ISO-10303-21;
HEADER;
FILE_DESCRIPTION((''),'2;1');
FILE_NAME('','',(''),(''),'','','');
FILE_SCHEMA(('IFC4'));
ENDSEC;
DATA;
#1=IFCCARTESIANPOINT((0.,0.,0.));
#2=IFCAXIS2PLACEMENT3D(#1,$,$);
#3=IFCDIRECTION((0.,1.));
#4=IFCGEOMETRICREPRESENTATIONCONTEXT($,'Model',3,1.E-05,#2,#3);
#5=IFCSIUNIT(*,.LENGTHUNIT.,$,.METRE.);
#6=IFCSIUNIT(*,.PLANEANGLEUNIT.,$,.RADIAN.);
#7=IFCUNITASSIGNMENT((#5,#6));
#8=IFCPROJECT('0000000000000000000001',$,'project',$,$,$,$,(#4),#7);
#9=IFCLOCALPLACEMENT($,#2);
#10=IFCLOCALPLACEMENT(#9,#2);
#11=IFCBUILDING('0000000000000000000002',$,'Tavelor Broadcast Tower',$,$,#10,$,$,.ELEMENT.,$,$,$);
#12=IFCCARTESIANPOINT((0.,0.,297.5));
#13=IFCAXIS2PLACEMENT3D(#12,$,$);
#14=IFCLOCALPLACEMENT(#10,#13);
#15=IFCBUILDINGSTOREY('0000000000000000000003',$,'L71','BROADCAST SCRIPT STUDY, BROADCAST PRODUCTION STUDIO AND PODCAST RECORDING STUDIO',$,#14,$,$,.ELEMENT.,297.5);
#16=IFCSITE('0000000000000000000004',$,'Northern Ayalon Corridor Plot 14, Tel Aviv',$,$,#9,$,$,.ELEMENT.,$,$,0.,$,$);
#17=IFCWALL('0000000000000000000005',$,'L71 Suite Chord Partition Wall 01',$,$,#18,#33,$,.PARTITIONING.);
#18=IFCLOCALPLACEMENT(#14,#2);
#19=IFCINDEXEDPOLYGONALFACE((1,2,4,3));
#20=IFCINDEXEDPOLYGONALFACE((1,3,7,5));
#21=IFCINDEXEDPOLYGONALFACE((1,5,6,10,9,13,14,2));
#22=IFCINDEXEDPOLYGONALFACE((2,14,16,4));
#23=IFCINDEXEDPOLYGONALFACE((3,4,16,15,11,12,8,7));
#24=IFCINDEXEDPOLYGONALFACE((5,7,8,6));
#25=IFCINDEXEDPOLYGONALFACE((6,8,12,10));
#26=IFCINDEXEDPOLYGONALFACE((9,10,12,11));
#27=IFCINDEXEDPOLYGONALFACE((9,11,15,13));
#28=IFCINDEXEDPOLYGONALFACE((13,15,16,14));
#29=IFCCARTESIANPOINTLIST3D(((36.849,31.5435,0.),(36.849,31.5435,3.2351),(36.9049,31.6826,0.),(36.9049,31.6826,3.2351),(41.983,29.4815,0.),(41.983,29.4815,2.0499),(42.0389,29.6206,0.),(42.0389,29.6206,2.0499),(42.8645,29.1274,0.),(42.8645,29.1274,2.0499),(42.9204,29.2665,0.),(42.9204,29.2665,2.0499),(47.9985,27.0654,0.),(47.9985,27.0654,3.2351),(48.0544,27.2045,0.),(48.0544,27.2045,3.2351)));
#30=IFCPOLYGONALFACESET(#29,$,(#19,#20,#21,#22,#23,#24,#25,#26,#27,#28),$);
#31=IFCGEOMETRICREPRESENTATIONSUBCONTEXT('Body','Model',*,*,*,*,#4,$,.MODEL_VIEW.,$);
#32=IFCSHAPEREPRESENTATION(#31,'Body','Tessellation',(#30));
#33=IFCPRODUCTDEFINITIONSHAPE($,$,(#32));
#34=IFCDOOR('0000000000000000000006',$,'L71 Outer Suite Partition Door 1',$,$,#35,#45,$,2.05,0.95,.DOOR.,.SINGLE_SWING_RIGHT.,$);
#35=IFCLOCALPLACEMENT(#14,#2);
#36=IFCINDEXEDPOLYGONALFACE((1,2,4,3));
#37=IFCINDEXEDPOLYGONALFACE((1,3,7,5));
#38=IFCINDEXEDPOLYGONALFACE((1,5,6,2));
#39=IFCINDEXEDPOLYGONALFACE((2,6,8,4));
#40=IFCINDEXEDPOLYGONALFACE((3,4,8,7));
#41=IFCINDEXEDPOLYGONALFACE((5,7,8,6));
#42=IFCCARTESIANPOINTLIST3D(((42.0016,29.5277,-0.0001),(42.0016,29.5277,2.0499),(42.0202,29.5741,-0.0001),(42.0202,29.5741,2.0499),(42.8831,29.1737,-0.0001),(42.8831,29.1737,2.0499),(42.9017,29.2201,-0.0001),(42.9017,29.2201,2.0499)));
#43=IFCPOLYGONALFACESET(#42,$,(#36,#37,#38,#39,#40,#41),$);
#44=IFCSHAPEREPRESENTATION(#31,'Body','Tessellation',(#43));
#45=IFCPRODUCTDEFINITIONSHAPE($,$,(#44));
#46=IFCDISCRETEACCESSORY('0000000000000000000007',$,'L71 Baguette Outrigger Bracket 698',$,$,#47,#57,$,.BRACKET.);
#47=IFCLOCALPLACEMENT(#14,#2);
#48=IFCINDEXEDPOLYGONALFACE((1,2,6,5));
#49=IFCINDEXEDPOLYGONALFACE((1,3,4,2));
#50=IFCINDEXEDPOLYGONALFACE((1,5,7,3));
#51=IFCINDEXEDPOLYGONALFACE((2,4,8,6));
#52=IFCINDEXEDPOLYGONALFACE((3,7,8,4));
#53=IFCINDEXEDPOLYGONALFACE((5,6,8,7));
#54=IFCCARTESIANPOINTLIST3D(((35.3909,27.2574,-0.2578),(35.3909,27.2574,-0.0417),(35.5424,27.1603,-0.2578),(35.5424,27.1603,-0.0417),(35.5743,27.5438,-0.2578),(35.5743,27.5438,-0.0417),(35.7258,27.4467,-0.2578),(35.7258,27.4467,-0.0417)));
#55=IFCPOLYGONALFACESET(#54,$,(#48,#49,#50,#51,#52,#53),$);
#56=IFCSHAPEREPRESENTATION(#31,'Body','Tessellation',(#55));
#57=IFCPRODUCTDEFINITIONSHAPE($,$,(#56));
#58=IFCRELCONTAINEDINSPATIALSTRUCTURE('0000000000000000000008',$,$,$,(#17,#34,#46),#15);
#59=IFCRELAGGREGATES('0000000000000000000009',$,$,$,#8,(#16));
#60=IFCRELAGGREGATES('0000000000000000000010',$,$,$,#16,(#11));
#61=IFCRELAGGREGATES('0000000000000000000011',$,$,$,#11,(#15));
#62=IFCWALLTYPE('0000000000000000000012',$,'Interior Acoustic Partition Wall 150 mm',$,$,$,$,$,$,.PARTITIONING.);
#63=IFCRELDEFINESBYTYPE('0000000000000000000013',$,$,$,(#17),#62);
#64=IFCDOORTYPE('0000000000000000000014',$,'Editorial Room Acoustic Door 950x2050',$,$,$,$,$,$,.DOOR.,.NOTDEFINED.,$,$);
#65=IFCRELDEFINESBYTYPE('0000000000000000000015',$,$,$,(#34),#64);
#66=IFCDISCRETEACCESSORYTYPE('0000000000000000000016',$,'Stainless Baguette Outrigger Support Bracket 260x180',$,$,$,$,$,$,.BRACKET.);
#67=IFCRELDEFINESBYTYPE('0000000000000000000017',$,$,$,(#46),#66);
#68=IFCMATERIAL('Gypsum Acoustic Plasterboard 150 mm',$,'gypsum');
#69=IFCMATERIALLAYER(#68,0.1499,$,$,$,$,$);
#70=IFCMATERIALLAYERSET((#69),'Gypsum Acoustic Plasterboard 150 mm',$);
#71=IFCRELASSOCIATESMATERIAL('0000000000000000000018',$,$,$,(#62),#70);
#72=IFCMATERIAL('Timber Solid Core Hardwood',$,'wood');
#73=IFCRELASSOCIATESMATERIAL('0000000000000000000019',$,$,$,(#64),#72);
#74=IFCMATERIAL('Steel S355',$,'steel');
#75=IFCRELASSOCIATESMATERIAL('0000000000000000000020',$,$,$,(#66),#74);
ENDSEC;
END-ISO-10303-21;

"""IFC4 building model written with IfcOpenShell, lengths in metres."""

from ifc_helpers import new_model, si_unit, direction, frame, frame_2d, origin, origin_2d, place, context, subcontext, project, spatial, rectangle, extrude, source, transform, mapped, material, layer, layer_set, type_object, type_shapes, element, fill, save


model = new_model("IFC4")

# Units and contexts
model_context = context("Model", 3, precision=1e-05, world=origin(), true_north=direction((0.0, 1.0)))
body_context = subcontext(model_context, "Body", "Model", "MODEL_VIEW")
ifc_project = project(units=[si_unit("LENGTHUNIT", "METRE"), si_unit("PLANEANGLEUNIT", "RADIAN")], contexts=[model_context])

# Site, building, storey
site_placement = place(None, origin())
site = spatial("IfcSite", under=ifc_project, at=site_placement, Name="Northern Ayalon Corridor Plot 14, Tel Aviv", CompositionType="ELEMENT", RefElevation=0.0)
building_placement = place(site_placement, origin())
building = spatial("IfcBuilding", under=site, at=building_placement, Name="Tavelor Broadcast Tower", CompositionType="ELEMENT")
storey_placement = place(building_placement, frame((0.0, 0.0, 297.5)))
storey = spatial("IfcBuildingStorey", under=building, at=storey_placement, Name="L71", Description="BROADCAST SCRIPT STUDY, BROADCAST PRODUCTION STUDIO AND PODCAST RECORDING STUDIO", CompositionType="ELEMENT", Elevation=297.5)

# Shared definitions
ifc_material_1 = material(Name="Steel S355", Category="steel")

# Shared definitions
ifc_material_2 = material(Name="Timber Solid Core Hardwood", Category="wood")

# Shared definitions
ifc_material_3 = material(Name="Gypsum Acoustic Plasterboard 150 mm", Category="gypsum")
ifc_layer_1 = layer(ifc_material_3, 0.1499)
ifc_layer_set_1 = layer_set([ifc_layer_1], Name="Gypsum Acoustic Plasterboard 150 mm")
wall_type_1 = type_object("IfcWallType", Name="Interior Acoustic Partition Wall 150 mm", PredefinedType="PARTITIONING", material=ifc_layer_set_1)

# Wall, opening, door
wall_1_placement = place(storey_placement, frame((36.877, 31.613, 0.0), z_axis=(0.0, 0.0, 1.0), x_axis=(0.927952, -0.372701, 0.0)))
wall_1 = element("IfcWall", 1, at=wall_1_placement, inside=storey, type_object=wall_type_1, Name="L71 Suite Chord Partition Wall 01", PredefinedType="PARTITIONING", context=body_context, shape_type="SweptSolid", body=[
    extrude(rectangle(XDim=12.0151, YDim=0.1499, at=frame_2d((6.0076, 0.0))), origin(), (0.0, 0.0, 1.0), 3.2351),
])
opening_1_placement = place(wall_1_placement, frame((5.5325, 0.0, 0.0)))
opening_1 = element("IfcOpeningElement", 2, at=opening_1_placement, cuts=wall_1, PredefinedType="OPENING", context=body_context, shape_type="SweptSolid", body=[
    extrude(rectangle(XDim=0.95, YDim=2.05, at=frame_2d((0.4751, 1.0249))), frame((0.0, 0.085, 0.0), z_axis=(0.0, -1.0, 0.0), x_axis=(1.0, 0.0, 0.0)), (0.0, 0.0, 1.0), 0.1699),
])
door_type_1 = type_object("IfcDoorType", Name="Editorial Room Acoustic Door 950x2050", OperationType="NOTDEFINED", PredefinedType="DOOR", material=ifc_material_2)
door_1_placement = place(opening_1_placement, origin())
door_1 = element("IfcDoor", 3, at=door_1_placement, inside=storey, type_object=door_type_1, Name="L71 Outer Suite Partition Door 1", OperationType="SINGLE_SWING_RIGHT", OverallHeight=2.05, OverallWidth=0.95, PredefinedType="DOOR", context=body_context, shape_type="SweptSolid", body=[
    extrude(rectangle(XDim=0.95, YDim=2.05, at=frame_2d((0.4751, 1.0249))), frame((0.0, 0.0249, 0.0), z_axis=(0.0, -1.0, 0.0), x_axis=(1.0, 0.0, 0.0)), (0.0, 0.0, 1.0), 0.05),
])
fill(opening_1, door_1)

# Discrete accessory
discrete_accessory_type = type_object("IfcDiscreteAccessoryType", Name="Stainless Baguette Outrigger Support Bracket 260x180", PredefinedType="BRACKET", material=ifc_material_1)
shared_shape_1 = source(origin(), body_context, "Body", "SweptSolid", [
    extrude(rectangle(XDim=0.1799, YDim=0.3401, at=origin_2d()), origin(), (0.0, 0.0, 1.0), 0.2161),
])
type_shapes(discrete_accessory_type, [shared_shape_1])
discrete_accessory_placement = place(storey_placement, frame((35.5583, 27.3521, -0.2578), z_axis=(0.0, 0.0, 1.0), x_axis=(0.842076, -0.539359, 0.0)))
element("IfcDiscreteAccessory", 4, at=discrete_accessory_placement, inside=storey, type_object=discrete_accessory_type, Name="L71 Baguette Outrigger Bracket 698", PredefinedType="BRACKET", context=body_context, shape_type="MappedRepresentation", body=[
    mapped(shared_shape_1, transform((0.0, 0.0, 0.0), scale=1.0)),
])

save(model, "model.ifc")
